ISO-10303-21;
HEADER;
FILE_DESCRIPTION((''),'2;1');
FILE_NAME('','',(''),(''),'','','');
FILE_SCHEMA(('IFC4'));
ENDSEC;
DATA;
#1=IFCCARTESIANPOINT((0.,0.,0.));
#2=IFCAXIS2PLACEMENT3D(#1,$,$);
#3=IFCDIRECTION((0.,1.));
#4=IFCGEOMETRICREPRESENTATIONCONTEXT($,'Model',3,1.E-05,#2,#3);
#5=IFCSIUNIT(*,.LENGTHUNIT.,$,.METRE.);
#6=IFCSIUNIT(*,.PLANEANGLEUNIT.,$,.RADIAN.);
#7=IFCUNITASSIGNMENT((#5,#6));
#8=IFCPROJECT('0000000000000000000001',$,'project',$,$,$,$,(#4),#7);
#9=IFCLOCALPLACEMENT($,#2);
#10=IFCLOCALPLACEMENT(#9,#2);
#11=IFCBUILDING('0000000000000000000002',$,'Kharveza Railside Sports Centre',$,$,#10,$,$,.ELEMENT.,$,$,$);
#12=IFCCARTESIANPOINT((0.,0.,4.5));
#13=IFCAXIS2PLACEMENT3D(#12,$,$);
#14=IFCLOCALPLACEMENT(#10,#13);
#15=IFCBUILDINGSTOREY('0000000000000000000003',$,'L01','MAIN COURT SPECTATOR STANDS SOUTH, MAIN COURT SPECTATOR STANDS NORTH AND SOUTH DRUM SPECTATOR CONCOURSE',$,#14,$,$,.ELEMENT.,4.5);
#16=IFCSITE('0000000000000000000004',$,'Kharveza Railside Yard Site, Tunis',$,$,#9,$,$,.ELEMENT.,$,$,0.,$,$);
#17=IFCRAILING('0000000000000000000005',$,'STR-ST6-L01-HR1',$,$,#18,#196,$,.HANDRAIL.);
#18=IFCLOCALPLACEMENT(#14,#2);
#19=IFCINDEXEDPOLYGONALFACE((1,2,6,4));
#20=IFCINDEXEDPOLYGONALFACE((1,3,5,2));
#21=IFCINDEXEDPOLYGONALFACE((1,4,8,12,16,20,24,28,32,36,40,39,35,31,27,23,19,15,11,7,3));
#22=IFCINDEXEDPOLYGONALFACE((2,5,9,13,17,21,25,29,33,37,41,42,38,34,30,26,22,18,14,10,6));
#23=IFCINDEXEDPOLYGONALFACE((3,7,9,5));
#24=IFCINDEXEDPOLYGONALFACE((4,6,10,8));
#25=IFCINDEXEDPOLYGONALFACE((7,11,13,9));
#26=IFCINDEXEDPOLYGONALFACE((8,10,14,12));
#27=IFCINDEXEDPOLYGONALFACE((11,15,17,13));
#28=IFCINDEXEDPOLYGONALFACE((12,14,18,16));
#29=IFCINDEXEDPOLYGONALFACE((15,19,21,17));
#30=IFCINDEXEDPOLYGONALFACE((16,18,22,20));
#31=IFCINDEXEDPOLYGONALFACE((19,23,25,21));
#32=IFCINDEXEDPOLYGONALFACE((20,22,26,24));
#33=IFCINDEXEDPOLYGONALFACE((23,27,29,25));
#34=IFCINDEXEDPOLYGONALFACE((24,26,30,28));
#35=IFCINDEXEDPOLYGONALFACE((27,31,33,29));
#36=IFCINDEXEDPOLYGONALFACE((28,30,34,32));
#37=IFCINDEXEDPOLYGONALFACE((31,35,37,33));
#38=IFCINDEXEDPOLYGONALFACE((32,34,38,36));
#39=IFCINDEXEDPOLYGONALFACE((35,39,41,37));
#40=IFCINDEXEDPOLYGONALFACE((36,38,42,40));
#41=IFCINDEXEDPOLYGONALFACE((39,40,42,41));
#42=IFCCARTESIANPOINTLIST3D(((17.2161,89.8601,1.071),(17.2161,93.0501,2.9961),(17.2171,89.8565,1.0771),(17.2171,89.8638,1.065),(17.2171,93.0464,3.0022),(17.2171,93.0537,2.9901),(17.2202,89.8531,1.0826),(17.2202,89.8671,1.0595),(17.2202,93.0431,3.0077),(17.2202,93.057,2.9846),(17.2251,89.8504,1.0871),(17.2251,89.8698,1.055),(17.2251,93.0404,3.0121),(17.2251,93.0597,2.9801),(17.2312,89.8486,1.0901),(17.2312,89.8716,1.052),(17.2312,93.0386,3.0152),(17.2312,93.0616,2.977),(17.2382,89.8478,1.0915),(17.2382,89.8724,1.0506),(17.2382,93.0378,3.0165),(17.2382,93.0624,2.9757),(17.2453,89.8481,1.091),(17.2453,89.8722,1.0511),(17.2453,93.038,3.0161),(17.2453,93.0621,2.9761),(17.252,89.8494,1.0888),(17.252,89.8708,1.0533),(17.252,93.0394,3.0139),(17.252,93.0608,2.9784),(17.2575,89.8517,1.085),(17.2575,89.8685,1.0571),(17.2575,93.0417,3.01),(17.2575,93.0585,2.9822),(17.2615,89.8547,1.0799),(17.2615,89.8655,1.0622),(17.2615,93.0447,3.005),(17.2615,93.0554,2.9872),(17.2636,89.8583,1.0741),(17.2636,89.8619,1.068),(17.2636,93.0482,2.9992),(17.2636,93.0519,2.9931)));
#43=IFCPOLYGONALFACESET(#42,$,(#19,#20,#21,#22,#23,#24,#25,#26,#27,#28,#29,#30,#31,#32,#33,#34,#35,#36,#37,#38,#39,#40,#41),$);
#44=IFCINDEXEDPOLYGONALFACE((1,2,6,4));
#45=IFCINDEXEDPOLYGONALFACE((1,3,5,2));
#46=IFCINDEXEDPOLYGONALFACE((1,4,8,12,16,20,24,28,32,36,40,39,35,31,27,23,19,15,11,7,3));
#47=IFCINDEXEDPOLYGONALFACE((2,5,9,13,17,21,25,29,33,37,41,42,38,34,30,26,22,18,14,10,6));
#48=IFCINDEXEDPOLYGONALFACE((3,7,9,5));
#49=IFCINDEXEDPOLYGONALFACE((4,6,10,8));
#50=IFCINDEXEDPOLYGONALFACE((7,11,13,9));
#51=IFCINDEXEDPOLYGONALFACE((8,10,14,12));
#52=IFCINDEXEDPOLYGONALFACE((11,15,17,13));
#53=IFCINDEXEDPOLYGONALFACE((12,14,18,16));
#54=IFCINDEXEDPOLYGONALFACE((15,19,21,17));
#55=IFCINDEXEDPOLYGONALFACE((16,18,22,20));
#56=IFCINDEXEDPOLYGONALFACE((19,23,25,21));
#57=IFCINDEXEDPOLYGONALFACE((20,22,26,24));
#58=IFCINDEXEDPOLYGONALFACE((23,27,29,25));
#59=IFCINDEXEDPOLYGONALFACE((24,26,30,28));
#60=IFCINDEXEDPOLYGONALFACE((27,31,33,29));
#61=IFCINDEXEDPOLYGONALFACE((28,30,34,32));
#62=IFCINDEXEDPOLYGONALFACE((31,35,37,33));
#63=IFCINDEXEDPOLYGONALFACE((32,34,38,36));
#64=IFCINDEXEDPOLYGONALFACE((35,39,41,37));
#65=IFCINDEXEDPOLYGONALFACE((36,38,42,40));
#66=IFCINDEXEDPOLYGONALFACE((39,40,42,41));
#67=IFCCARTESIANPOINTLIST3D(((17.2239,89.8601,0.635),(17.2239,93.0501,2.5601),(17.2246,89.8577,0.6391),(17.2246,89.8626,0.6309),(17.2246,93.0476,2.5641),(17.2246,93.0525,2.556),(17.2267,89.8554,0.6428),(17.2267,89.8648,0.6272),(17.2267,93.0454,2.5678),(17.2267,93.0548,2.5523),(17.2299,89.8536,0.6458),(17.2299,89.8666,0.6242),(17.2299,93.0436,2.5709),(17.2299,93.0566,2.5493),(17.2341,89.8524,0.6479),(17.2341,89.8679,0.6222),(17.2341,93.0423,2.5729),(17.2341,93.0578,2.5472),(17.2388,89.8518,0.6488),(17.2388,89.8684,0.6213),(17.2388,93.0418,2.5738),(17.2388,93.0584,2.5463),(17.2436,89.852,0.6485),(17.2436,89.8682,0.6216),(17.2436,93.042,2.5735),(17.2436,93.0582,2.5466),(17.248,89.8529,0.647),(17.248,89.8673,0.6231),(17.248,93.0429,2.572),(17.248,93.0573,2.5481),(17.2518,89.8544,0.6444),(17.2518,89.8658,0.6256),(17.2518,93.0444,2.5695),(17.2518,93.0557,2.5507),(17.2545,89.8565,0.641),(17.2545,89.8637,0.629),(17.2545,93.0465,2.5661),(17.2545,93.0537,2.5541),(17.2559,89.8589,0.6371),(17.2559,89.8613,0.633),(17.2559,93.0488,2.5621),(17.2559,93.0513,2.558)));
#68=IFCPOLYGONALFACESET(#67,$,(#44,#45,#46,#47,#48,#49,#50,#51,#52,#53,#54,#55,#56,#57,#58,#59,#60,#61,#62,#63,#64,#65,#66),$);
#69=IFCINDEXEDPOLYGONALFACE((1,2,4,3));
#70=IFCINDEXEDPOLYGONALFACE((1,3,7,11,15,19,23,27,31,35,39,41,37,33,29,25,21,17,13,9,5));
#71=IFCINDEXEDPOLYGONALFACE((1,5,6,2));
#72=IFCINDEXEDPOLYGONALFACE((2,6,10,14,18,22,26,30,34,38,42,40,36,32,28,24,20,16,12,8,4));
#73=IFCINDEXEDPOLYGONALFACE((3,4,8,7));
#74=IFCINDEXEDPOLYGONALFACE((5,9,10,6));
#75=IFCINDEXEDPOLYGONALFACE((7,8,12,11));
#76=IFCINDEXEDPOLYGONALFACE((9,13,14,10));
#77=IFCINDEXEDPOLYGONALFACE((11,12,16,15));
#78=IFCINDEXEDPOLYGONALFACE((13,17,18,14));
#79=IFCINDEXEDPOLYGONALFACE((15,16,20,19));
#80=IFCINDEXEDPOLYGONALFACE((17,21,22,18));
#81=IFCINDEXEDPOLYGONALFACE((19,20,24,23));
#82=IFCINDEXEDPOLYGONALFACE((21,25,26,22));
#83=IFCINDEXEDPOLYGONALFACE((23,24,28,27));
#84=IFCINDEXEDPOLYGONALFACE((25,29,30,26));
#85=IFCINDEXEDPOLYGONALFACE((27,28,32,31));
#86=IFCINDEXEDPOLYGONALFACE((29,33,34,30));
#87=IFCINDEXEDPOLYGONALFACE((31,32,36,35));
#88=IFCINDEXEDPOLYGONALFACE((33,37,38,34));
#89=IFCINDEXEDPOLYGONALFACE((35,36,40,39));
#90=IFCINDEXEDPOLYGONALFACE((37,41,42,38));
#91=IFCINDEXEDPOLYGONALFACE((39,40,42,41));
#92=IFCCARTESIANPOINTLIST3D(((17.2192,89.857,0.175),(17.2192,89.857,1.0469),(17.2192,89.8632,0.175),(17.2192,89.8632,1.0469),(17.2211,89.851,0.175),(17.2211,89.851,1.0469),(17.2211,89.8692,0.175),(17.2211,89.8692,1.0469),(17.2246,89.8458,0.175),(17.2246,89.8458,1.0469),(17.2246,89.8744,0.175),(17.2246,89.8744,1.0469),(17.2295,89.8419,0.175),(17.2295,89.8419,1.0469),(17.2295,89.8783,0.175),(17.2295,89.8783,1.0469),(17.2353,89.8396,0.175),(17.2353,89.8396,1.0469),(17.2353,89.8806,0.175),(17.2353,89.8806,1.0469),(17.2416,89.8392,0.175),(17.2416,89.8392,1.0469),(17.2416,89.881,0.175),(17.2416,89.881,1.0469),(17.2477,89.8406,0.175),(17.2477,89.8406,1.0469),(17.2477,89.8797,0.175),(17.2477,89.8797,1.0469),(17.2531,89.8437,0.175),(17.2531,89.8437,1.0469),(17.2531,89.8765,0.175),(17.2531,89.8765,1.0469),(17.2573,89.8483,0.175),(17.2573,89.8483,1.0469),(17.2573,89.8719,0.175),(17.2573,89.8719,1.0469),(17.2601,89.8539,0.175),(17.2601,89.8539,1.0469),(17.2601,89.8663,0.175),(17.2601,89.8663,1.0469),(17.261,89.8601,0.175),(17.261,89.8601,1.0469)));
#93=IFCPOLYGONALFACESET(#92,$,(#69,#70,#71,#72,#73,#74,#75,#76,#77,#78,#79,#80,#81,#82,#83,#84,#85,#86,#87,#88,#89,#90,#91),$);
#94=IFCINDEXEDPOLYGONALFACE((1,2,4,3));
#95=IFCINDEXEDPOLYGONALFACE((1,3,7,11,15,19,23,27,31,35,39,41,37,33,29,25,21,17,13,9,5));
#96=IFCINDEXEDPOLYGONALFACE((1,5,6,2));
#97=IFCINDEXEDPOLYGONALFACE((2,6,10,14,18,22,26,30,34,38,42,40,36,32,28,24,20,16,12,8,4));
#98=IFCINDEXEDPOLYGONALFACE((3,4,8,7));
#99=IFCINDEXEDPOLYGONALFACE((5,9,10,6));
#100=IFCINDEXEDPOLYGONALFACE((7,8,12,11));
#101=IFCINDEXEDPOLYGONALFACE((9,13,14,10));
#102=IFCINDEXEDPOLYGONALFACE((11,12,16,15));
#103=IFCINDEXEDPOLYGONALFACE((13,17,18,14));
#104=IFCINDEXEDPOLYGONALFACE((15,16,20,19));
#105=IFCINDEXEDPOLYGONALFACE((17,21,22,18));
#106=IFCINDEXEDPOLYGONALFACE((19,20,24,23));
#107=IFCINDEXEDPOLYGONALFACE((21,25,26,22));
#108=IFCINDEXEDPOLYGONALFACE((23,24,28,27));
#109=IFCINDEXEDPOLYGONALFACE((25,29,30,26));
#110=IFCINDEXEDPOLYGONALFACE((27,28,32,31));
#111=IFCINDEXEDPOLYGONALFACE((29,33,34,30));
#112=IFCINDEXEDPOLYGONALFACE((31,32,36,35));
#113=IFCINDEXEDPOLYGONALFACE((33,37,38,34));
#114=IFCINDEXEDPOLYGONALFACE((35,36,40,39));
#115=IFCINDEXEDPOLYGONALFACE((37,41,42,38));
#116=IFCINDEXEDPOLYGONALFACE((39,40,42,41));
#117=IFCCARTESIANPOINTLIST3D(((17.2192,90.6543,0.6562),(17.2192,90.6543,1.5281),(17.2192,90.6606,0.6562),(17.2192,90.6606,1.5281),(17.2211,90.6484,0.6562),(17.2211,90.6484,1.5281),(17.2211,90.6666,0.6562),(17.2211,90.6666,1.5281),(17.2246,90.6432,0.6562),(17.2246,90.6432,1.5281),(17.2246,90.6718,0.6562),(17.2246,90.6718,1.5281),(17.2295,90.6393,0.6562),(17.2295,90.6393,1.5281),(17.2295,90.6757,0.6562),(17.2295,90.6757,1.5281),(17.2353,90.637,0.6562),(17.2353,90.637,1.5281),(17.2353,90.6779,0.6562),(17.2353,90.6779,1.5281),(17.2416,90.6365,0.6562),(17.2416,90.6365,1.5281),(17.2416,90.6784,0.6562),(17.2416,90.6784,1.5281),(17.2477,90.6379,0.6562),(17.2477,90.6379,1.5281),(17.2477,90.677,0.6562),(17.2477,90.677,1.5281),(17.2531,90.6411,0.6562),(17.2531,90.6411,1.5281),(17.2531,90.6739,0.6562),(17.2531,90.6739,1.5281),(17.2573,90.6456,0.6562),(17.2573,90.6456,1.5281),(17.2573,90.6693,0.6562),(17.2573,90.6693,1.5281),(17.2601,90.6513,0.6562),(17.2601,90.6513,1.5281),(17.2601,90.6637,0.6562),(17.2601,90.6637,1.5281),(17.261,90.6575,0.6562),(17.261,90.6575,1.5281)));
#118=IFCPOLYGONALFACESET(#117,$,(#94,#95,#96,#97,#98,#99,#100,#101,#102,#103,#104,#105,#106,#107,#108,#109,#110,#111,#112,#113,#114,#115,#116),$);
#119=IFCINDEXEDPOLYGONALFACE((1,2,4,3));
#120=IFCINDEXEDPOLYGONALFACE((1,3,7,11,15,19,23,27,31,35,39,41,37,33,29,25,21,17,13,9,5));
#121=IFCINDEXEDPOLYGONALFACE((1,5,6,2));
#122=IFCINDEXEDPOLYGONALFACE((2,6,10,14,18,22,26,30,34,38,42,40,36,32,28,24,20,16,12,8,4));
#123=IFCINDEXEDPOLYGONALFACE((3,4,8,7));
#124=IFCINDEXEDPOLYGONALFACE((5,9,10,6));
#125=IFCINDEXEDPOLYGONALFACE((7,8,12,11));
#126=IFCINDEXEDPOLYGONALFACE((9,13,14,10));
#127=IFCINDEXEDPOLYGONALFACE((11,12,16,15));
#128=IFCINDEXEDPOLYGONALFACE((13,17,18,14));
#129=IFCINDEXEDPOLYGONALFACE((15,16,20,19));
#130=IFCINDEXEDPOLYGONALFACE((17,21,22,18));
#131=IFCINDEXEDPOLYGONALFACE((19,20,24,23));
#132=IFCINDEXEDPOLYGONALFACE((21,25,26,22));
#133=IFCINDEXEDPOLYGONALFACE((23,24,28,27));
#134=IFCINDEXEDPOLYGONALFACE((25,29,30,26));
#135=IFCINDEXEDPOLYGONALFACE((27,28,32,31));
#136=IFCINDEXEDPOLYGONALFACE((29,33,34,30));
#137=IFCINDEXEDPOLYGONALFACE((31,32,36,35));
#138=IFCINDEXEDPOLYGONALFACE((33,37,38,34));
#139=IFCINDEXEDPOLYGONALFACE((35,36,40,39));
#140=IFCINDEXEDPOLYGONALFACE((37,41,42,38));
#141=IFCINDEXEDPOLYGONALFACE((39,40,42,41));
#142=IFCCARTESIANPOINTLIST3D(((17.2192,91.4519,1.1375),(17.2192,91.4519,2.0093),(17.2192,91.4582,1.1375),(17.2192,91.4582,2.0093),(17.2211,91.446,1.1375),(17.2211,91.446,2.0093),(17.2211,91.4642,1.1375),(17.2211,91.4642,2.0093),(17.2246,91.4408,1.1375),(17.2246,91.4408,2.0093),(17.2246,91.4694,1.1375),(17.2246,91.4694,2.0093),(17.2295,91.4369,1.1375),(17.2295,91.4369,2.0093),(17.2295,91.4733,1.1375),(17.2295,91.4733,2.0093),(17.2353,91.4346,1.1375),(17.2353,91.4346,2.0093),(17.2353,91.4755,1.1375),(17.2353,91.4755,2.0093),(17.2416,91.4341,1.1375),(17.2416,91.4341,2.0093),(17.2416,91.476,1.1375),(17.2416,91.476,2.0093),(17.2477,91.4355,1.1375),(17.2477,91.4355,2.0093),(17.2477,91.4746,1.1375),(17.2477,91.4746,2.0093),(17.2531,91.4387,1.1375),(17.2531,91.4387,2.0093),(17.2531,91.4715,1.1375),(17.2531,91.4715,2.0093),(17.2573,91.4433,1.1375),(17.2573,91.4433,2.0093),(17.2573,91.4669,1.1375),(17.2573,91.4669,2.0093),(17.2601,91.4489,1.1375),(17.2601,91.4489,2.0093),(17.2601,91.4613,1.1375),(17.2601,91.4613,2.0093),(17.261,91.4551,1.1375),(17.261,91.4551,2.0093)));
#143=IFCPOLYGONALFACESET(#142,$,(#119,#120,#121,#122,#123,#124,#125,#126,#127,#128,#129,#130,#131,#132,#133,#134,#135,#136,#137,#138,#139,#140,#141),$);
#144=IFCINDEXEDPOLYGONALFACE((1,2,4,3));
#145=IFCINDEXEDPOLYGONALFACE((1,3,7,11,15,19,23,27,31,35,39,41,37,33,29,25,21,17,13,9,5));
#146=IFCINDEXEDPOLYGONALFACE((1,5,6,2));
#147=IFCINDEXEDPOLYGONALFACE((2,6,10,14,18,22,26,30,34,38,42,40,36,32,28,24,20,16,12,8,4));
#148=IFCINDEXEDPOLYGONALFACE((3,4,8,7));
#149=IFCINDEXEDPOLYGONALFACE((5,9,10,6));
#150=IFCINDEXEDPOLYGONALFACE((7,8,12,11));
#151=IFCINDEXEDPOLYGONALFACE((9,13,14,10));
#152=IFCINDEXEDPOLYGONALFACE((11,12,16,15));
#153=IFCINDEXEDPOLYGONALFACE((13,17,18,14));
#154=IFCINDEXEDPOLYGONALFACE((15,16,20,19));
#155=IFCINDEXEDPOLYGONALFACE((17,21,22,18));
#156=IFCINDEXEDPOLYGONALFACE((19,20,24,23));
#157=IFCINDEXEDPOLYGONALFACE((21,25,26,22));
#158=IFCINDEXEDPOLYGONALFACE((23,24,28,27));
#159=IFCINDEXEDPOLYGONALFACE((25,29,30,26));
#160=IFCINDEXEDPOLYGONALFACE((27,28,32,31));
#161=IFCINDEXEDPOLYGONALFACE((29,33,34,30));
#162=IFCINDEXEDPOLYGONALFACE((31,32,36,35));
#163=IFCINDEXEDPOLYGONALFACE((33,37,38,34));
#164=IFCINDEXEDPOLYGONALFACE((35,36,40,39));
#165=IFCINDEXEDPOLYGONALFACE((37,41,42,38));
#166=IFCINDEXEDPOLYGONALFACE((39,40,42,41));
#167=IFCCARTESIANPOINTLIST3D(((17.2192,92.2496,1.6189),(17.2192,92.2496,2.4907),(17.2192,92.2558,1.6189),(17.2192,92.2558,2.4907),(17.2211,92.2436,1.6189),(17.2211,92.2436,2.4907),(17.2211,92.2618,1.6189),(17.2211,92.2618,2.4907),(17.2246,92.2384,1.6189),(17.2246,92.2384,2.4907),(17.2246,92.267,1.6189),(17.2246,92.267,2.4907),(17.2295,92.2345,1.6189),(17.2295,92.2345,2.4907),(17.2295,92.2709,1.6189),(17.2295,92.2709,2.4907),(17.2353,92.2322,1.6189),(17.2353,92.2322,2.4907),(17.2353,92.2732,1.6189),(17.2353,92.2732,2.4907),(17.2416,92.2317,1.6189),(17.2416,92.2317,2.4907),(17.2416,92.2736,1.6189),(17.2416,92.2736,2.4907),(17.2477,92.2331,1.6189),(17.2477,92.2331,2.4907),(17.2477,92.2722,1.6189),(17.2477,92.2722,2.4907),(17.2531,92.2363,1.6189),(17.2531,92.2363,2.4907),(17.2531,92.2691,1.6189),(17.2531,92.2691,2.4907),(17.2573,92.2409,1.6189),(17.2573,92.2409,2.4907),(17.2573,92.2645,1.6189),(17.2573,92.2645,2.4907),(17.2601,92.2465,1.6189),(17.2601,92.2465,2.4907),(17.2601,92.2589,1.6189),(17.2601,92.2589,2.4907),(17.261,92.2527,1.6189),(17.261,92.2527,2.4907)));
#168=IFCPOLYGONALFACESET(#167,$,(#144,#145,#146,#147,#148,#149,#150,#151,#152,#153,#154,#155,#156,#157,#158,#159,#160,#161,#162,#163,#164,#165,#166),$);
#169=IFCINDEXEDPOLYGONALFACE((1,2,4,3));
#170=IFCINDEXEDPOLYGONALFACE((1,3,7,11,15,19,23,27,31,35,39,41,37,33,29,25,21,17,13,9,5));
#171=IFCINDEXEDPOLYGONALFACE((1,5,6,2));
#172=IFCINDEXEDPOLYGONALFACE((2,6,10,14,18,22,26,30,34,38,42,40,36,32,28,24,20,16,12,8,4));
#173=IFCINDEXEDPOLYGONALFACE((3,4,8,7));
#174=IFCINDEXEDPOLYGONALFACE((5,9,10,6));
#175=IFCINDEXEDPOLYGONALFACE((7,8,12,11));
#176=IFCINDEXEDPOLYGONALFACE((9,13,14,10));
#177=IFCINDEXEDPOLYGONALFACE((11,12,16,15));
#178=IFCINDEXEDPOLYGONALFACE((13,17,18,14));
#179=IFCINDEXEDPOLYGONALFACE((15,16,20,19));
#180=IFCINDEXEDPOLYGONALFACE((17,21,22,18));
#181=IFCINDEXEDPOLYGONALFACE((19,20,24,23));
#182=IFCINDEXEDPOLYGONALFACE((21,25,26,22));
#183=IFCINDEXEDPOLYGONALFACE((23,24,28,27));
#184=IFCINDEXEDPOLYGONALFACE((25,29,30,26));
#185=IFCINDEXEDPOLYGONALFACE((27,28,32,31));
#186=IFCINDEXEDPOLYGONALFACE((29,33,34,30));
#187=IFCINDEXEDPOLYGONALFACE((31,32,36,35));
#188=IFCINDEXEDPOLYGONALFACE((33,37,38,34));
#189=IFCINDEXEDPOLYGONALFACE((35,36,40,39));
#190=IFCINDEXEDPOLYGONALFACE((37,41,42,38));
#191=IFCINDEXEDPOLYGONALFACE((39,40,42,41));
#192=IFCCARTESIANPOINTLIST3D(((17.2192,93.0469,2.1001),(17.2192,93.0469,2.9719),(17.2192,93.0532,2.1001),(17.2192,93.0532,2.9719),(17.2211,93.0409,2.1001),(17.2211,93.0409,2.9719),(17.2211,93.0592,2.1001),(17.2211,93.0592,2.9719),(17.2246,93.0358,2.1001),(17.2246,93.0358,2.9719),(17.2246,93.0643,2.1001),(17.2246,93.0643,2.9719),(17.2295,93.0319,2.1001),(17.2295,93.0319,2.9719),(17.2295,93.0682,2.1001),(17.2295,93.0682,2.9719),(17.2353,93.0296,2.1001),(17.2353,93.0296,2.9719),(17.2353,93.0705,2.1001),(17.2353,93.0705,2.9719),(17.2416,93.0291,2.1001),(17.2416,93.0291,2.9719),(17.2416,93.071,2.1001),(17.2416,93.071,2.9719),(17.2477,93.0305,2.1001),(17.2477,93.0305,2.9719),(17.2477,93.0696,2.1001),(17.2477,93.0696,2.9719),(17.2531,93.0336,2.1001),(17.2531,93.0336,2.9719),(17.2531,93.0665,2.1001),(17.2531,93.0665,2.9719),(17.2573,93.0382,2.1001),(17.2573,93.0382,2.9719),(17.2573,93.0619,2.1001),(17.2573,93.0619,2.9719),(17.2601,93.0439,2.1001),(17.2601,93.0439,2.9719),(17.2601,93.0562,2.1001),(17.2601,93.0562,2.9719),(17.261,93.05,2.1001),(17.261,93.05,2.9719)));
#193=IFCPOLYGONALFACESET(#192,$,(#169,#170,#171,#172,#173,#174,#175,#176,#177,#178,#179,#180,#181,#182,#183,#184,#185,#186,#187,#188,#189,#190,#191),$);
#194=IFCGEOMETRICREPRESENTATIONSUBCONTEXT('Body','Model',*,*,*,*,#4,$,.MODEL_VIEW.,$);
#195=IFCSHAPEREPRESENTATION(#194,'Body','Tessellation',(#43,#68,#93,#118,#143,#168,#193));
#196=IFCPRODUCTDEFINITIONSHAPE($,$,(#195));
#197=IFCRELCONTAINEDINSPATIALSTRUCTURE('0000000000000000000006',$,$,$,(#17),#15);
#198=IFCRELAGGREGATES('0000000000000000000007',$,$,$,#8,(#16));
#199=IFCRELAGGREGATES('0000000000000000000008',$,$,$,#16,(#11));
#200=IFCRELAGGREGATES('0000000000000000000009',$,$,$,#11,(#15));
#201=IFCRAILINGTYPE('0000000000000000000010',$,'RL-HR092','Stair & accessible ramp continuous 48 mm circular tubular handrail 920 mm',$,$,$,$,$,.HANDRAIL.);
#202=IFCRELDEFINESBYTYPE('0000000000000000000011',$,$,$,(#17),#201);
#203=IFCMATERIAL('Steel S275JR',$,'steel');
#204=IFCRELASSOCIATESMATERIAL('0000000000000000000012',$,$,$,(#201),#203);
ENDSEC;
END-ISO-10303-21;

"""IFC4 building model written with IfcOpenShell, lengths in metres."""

from ifc_helpers import new_model, si_unit, direction, frame, origin, origin_2d, place, context, subcontext, project, spatial, circle, extrude, material, type_object, element, save


model = new_model("IFC4")

# Units and contexts
model_context = context("Model", 3, precision=1e-05, world=origin(), true_north=direction((0.0, 1.0)))
body_context = subcontext(model_context, "Body", "Model", "MODEL_VIEW")
ifc_project = project(units=[si_unit("LENGTHUNIT", "METRE"), si_unit("PLANEANGLEUNIT", "RADIAN")], contexts=[model_context])

# Site, building, storey
site_placement = place(None, origin())
site = spatial("IfcSite", under=ifc_project, at=site_placement, Name="Kharveza Railside Yard Site, Tunis", CompositionType="ELEMENT", RefElevation=0.0)
building_placement = place(site_placement, origin())
building = spatial("IfcBuilding", under=site, at=building_placement, Name="Kharveza Railside Sports Centre", CompositionType="ELEMENT")
storey_placement = place(building_placement, frame((0.0, 0.0, 4.5)))
storey = spatial("IfcBuildingStorey", under=building, at=storey_placement, Name="L01", Description="MAIN COURT SPECTATOR STANDS SOUTH, MAIN COURT SPECTATOR STANDS NORTH AND SOUTH DRUM SPECTATOR CONCOURSE", CompositionType="ELEMENT", Elevation=4.5)

# Railing
ifc_material_1 = material(Name="Steel S275JR", Category="steel")
railing_type_1 = type_object("IfcRailingType", Name="RL-HR092", Description="Stair & accessible ramp continuous 48 mm circular tubular handrail 920 mm", PredefinedType="HANDRAIL", material=ifc_material_1)
railing_1_placement = place(storey_placement, frame((17.24, 89.8601, 0.175)))
element("IfcRailing", 1, at=railing_1_placement, inside=storey, type_object=railing_type_1, Name="STR-ST6-L01-HR1", PredefinedType="HANDRAIL", context=body_context, shape_type="SweptSolid", body=[
    extrude(circle(Radius=0.0239, at=origin_2d()), frame((0.0, 0.0, 0.896), z_axis=(0.0, 0.856178, 0.516682), x_axis=(-1.0, 0.0, 0.0)), (0.0, 0.0, 1.0), 3.7258),
    extrude(circle(Radius=0.0161, at=origin_2d()), frame((0.0, 0.0, 0.46), z_axis=(0.0, 0.856178, 0.516682), x_axis=(-1.0, 0.0, 0.0)), (0.0, 0.0, 1.0), 3.7258),
    extrude(circle(Radius=0.021, at=origin_2d()), origin(), (0.0, 0.0, 1.0), 0.8718),
    extrude(circle(Radius=0.021, at=origin_2d()), frame((0.0, 0.7974, 0.4812)), (0.0, 0.0, 1.0), 0.8718),
    extrude(circle(Radius=0.021, at=origin_2d()), frame((0.0, 1.595, 0.9624)), (0.0, 0.0, 1.0), 0.8718),
    extrude(circle(Radius=0.021, at=origin_2d()), frame((0.0, 2.3926, 1.4438)), (0.0, 0.0, 1.0), 0.8718),
    extrude(circle(Radius=0.021, at=origin_2d()), frame((0.0, 3.1899, 1.925)), (0.0, 0.0, 1.0), 0.8718),
])

save(model, "model.ifc")
